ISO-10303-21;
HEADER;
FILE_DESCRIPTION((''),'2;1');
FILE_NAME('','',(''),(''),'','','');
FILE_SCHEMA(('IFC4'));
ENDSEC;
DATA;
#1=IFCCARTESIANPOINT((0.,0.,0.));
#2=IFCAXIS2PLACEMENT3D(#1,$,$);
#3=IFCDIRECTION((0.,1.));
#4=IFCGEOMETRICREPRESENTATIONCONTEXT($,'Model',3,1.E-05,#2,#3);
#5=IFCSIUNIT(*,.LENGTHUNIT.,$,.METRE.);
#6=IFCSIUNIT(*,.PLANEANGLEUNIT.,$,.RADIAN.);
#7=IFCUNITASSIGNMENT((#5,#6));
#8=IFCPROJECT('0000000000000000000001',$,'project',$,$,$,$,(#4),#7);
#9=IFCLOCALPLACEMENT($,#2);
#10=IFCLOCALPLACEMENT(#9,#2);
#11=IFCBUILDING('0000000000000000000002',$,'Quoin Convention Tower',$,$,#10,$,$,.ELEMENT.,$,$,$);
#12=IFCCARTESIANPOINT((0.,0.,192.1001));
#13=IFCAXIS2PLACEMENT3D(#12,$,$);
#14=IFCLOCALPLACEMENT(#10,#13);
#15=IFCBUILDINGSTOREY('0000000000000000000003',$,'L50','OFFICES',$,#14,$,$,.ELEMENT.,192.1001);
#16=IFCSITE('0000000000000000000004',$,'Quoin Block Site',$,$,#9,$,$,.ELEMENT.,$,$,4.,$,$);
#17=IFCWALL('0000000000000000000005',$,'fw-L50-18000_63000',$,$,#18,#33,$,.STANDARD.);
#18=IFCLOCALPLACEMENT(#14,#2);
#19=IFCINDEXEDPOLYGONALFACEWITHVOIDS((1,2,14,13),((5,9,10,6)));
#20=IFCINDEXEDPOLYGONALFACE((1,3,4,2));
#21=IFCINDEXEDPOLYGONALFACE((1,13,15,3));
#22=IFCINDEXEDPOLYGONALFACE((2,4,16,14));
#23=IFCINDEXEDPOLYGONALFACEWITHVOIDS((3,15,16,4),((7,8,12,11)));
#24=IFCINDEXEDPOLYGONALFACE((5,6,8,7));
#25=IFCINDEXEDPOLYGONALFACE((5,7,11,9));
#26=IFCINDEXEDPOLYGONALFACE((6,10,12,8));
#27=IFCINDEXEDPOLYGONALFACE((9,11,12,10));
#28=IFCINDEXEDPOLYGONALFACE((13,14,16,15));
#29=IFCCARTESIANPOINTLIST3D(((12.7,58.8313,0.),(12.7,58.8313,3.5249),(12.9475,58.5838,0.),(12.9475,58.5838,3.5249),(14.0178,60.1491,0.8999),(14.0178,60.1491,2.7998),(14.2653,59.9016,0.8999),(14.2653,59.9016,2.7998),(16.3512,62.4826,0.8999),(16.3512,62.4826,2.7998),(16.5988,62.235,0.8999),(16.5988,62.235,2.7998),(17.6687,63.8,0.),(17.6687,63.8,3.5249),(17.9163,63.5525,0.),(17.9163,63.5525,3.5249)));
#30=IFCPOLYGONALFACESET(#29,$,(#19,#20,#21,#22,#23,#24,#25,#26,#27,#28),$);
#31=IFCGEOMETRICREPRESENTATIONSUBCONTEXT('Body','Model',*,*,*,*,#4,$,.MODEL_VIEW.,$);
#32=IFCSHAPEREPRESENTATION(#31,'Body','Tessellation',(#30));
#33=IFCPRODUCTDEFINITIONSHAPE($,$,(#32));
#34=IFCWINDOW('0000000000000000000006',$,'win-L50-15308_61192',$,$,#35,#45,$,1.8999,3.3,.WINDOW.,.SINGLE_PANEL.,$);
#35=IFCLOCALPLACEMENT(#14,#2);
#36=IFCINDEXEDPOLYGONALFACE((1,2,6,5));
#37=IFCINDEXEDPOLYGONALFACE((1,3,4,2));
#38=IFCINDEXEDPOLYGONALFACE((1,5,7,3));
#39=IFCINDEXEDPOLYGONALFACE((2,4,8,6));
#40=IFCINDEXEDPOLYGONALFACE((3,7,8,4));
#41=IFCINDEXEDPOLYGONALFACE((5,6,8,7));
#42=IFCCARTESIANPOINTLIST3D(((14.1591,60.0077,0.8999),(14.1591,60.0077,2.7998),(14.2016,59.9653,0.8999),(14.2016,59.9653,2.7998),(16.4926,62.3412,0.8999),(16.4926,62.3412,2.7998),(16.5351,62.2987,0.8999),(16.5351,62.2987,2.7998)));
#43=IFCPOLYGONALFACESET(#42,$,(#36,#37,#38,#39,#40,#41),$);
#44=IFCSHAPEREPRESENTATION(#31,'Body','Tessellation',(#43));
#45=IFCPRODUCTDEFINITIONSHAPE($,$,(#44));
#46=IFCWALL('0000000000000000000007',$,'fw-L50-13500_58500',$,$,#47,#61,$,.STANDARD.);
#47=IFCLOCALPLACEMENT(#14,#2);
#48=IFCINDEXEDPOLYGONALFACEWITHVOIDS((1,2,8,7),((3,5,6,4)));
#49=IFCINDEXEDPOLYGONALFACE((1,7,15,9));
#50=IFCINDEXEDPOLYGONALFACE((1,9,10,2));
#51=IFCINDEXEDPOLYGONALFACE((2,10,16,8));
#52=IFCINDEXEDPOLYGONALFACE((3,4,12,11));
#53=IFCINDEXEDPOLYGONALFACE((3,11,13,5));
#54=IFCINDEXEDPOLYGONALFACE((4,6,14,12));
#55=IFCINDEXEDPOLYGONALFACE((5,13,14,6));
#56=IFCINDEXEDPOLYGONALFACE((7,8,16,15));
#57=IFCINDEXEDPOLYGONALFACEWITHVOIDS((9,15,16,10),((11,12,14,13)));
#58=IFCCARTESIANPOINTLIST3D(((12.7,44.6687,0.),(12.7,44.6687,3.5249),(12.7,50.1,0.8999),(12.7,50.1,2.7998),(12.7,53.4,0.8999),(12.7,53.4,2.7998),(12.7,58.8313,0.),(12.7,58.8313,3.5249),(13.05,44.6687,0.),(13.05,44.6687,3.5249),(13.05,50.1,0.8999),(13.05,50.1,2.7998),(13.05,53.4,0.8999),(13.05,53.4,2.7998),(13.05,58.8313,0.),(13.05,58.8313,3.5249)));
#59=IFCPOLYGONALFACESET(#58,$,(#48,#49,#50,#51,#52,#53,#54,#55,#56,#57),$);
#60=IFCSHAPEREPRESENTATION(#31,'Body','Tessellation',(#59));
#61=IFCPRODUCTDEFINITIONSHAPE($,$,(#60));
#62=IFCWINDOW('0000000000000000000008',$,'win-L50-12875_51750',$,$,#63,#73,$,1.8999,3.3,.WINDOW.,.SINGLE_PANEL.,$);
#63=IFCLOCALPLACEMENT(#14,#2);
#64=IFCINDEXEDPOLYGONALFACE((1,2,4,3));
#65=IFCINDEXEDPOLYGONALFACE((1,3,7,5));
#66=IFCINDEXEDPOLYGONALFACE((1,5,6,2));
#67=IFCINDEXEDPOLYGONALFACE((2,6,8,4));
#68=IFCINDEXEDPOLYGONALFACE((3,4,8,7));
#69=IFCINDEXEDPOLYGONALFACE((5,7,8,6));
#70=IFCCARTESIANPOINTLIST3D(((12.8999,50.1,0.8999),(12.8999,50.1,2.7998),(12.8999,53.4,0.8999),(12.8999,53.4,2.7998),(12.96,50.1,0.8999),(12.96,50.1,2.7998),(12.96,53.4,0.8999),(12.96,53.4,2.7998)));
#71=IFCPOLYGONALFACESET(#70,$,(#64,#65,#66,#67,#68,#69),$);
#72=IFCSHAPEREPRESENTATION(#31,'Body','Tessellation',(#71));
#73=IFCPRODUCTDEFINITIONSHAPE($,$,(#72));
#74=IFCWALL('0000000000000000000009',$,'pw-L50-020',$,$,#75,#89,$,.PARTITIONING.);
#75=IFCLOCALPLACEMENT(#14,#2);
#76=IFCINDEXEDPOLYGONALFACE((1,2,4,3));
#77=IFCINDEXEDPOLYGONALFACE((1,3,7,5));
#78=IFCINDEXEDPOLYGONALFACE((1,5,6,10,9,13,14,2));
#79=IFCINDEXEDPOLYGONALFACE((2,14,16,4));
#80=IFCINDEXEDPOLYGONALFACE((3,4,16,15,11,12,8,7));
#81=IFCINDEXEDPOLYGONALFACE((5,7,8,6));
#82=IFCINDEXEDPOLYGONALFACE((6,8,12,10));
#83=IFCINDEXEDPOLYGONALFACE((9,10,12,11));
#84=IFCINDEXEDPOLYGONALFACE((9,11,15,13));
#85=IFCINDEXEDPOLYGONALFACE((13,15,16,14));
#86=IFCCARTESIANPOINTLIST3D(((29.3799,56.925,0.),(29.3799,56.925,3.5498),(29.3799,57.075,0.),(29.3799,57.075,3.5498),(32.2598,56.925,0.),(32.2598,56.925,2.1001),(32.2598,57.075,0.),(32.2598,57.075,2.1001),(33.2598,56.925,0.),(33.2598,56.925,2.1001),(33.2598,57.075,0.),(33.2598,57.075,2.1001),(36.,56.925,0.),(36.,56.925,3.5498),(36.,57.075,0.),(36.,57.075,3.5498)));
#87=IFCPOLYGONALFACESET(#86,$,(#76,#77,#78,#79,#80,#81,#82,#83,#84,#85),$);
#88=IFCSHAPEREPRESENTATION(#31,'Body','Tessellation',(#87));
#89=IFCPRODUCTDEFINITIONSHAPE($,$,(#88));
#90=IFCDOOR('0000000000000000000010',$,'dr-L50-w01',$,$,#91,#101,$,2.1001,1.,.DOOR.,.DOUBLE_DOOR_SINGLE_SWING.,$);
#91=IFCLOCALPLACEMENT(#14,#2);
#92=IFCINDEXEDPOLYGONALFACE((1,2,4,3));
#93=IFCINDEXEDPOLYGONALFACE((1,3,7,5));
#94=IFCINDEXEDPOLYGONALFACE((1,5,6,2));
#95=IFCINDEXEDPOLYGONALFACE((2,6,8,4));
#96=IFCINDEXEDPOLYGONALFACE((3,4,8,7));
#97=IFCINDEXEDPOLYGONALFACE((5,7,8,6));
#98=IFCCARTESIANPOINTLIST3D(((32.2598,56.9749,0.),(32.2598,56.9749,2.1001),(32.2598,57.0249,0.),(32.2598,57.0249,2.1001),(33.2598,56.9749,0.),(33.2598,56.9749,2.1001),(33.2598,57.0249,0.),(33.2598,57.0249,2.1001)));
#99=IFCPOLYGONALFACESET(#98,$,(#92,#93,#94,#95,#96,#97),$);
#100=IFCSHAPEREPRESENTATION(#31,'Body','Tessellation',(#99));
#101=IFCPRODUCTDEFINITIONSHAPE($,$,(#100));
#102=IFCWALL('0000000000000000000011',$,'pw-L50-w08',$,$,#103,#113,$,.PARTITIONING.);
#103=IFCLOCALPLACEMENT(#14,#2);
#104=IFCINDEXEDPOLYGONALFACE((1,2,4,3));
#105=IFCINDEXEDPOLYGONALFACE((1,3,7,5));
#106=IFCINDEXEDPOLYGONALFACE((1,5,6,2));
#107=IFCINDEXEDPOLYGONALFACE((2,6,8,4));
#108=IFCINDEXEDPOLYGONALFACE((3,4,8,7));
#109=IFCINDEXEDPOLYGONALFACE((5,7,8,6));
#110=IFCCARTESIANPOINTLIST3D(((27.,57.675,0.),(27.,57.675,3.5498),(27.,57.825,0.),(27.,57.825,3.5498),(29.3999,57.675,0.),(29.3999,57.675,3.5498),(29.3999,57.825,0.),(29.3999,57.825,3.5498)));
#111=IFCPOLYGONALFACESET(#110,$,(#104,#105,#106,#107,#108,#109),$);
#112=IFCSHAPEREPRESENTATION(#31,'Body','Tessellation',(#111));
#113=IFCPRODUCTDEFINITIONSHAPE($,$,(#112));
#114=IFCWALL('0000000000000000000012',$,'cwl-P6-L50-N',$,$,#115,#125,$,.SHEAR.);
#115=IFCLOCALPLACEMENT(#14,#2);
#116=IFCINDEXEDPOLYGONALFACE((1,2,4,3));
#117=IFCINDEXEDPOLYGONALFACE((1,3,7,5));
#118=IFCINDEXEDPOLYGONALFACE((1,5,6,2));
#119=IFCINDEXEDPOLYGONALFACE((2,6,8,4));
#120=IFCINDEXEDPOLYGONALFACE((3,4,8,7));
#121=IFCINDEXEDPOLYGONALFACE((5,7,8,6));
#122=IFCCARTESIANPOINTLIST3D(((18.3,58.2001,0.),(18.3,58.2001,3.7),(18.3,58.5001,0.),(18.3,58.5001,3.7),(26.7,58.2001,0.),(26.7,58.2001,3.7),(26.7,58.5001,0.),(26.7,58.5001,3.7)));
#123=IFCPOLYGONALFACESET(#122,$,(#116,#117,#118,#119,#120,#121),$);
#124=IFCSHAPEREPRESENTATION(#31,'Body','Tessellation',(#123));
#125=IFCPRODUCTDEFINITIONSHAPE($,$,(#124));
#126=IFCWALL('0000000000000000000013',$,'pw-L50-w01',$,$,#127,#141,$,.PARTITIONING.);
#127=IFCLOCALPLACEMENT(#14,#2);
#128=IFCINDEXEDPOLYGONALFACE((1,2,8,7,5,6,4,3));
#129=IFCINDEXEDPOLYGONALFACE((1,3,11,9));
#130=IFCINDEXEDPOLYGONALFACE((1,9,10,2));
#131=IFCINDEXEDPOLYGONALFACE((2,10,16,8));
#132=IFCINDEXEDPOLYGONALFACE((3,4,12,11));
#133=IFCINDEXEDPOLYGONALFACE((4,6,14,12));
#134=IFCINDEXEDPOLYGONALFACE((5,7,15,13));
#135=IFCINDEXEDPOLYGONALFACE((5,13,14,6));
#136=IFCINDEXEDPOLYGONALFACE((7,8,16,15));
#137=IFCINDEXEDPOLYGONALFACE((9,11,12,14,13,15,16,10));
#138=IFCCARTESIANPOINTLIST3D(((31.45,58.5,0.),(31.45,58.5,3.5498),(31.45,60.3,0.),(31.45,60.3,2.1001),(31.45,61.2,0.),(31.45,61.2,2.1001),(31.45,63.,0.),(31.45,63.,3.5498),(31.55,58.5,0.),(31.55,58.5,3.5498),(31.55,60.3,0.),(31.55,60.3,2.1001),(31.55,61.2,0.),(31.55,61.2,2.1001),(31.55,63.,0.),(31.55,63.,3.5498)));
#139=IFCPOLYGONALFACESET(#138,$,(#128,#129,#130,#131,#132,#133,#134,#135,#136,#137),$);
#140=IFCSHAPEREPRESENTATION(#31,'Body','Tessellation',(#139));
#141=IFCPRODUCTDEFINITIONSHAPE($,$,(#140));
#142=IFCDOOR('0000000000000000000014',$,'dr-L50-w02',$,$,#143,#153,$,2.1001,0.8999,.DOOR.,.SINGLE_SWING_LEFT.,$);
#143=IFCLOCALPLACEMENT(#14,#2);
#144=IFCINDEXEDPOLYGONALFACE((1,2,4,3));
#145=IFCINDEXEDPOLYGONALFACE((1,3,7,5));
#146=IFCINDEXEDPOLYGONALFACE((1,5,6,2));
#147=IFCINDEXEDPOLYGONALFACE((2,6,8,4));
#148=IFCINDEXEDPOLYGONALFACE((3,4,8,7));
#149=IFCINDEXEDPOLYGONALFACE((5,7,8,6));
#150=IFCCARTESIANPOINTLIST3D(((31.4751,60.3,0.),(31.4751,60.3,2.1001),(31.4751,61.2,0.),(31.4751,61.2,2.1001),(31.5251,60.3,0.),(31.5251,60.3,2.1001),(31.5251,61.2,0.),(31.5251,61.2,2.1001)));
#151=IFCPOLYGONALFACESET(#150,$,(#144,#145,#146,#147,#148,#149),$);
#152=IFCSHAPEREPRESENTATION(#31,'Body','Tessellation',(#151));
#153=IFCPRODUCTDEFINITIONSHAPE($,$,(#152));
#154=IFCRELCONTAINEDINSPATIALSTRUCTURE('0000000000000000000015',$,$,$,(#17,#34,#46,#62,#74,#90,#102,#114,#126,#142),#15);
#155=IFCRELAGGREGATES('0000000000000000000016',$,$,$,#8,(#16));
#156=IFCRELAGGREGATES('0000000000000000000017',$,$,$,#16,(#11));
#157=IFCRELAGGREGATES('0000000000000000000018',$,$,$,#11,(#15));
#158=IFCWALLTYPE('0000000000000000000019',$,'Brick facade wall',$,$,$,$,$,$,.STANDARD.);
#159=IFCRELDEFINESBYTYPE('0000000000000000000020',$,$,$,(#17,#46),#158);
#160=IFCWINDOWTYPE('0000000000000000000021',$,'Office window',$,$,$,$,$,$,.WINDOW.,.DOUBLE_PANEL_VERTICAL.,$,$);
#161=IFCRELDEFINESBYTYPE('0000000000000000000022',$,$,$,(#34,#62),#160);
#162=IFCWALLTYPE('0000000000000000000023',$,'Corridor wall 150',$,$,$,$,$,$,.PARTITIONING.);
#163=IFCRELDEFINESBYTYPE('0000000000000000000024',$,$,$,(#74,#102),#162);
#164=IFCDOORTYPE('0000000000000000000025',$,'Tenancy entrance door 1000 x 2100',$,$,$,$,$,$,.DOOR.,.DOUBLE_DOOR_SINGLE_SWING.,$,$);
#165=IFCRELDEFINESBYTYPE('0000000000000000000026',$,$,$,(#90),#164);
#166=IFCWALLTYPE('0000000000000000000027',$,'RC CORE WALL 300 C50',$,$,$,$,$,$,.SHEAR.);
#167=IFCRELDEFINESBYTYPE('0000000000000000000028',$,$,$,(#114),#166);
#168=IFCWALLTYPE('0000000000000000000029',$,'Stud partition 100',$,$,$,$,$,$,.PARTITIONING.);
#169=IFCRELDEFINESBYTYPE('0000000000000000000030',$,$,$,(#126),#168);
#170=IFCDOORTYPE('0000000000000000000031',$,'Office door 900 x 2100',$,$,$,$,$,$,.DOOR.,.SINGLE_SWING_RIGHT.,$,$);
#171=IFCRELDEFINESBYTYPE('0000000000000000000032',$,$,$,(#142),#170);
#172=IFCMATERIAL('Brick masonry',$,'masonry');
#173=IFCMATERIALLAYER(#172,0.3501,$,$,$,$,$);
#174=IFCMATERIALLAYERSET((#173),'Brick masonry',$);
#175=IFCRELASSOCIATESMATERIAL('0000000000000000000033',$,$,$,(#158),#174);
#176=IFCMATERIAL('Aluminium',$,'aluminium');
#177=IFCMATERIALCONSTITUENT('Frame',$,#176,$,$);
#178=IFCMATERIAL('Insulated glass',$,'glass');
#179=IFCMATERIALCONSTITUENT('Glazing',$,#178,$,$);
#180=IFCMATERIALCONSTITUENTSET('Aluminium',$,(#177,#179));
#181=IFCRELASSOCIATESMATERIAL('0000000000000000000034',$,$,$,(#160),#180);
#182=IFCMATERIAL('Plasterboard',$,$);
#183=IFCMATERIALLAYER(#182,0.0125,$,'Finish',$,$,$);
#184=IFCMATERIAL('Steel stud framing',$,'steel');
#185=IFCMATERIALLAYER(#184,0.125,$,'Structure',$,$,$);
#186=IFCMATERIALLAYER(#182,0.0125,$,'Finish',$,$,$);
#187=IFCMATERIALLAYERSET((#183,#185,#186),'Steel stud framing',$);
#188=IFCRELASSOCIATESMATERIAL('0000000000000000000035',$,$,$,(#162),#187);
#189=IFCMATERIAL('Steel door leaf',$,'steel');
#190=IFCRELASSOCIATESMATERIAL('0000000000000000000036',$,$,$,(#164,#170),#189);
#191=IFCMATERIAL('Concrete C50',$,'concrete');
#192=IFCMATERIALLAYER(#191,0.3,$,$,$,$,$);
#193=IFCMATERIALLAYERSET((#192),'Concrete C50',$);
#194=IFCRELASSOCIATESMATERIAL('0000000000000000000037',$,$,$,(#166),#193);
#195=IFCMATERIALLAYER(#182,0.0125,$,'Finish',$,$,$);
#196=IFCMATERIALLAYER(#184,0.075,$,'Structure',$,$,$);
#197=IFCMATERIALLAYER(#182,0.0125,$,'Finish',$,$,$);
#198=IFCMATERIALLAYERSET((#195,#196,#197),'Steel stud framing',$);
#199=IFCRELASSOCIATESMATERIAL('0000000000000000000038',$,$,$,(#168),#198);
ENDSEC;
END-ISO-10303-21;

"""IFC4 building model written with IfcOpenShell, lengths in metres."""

from ifc_helpers import new_model, si_unit, direction, frame, frame_2d, origin, place, context, subcontext, project, spatial, rectangle, extrude, material, layer, layer_set, constituent, constituent_set, type_object, element, fill, save


model = new_model("IFC4")

# Units and contexts
model_context = context("Model", 3, precision=1e-05, world=origin(), true_north=direction((0.0, 1.0)))
body_context = subcontext(model_context, "Body", "Model", "MODEL_VIEW")
ifc_project = project(units=[si_unit("LENGTHUNIT", "METRE"), si_unit("PLANEANGLEUNIT", "RADIAN")], contexts=[model_context])

# Site, building, storey
site_placement = place(None, origin())
site = spatial("IfcSite", under=ifc_project, at=site_placement, Name="Quoin Block Site", CompositionType="ELEMENT", RefElevation=4.0)
building_placement = place(site_placement, origin())
building = spatial("IfcBuilding", under=site, at=building_placement, Name="Quoin Convention Tower", CompositionType="ELEMENT")
storey_placement = place(building_placement, frame((0.0, 0.0, 192.1001)))
storey = spatial("IfcBuildingStorey", under=building, at=storey_placement, Name="L50", Description="OFFICES", CompositionType="ELEMENT", Elevation=192.1001)

# Shared definitions
ifc_material_1 = material(Name="Concrete C50", Category="concrete")

# Walls, openings, windows
ifc_material_2 = material(Name="Brick masonry", Category="masonry")
ifc_layer_1 = layer(ifc_material_2, 0.3501)
ifc_layer_set_1 = layer_set([ifc_layer_1], Name="Brick masonry")
wall_type_1 = type_object("IfcWallType", Name="Brick facade wall", PredefinedType="STANDARD", material=ifc_layer_set_1)
ifc_material_3 = material(Name="Aluminium", Category="aluminium")
ifc_constituent_1 = constituent(ifc_material_3, Name="Frame")
ifc_material_4 = material(Name="Insulated glass", Category="glass")
ifc_constituent_2 = constituent(ifc_material_4, Name="Glazing")
ifc_constituent_set = constituent_set(constituents=[ifc_constituent_1, ifc_constituent_2], Name="Aluminium")
window_type = type_object("IfcWindowType", Name="Office window", PartitioningType="DOUBLE_PANEL_VERTICAL", PredefinedType="WINDOW", material=ifc_constituent_set)
wall_1_placement = place(storey_placement, frame((17.7925, 63.6763, 0.0), z_axis=(0.0, 0.0, 1.0), x_axis=(-0.707107, -0.707107, 0.0)))
wall_1 = element("IfcWall", 1, at=wall_1_placement, inside=storey, type_object=wall_type_1, Name="fw-L50-18000_63000", PredefinedType="STANDARD", context=body_context, shape_type="SweptSolid", body=[
    extrude(rectangle(XDim=7.0269, YDim=0.3501, at=frame_2d((3.5134, 0.0))), origin(), (0.0, 0.0, 1.0), 3.5249),
])
opening_1_placement = place(wall_1_placement, frame((1.8633, 0.0, 0.8999)))
opening_1 = element("IfcOpeningElement", 2, at=opening_1_placement, cuts=wall_1, PredefinedType="OPENING", context=body_context, shape_type="SweptSolid", body=[
    extrude(rectangle(XDim=3.3, YDim=1.8999, at=frame_2d((1.6499, 0.95))), frame((0.0, 0.1851, 0.0), z_axis=(0.0, -1.0, 0.0), x_axis=(1.0, 0.0, 0.0)), (0.0, 0.0, 1.0), 0.3701),
])
window_1_placement = place(opening_1_placement, origin())
window_1 = element("IfcWindow", 3, at=window_1_placement, inside=storey, type_object=window_type, Name="win-L50-15308_61192", OverallHeight=1.8999, OverallWidth=3.3, PartitioningType="SINGLE_PANEL", PredefinedType="WINDOW", context=body_context, shape_type="SweptSolid", body=[
    extrude(rectangle(XDim=3.3, YDim=1.8999, at=frame_2d((1.6499, 0.95))), frame((0.0, 0.085, 0.0), z_axis=(0.0, -1.0, 0.0), x_axis=(1.0, 0.0, 0.0)), (0.0, 0.0, 1.0), 0.0601),
])
fill(opening_1, window_1)
wall_2_placement = place(storey_placement, frame((12.875, 58.8313, 0.0), z_axis=(0.0, 0.0, 1.0), x_axis=(0.0, -1.0, 0.0)))
wall_2 = element("IfcWall", 4, at=wall_2_placement, inside=storey, type_object=wall_type_1, Name="fw-L50-13500_58500", PredefinedType="STANDARD", context=body_context, shape_type="SweptSolid", body=[
    extrude(rectangle(XDim=14.1626, YDim=0.3501, at=frame_2d((7.0813, 0.0))), origin(), (0.0, 0.0, 1.0), 3.5249),
])
opening_2_placement = place(wall_2_placement, frame((5.4314, 0.0, 0.8999)))
opening_2 = element("IfcOpeningElement", 5, at=opening_2_placement, cuts=wall_2, PredefinedType="OPENING", context=body_context, shape_type="SweptSolid", body=[
    extrude(rectangle(XDim=3.3, YDim=1.8999, at=frame_2d((1.6499, 0.95))), frame((0.0, 0.1851, 0.0), z_axis=(0.0, -1.0, 0.0), x_axis=(1.0, 0.0, 0.0)), (0.0, 0.0, 1.0), 0.3701),
])
window_2_placement = place(opening_2_placement, origin())
window_2 = element("IfcWindow", 6, at=window_2_placement, inside=storey, type_object=window_type, Name="win-L50-12875_51750", OverallHeight=1.8999, OverallWidth=3.3, PartitioningType="SINGLE_PANEL", PredefinedType="WINDOW", context=body_context, shape_type="SweptSolid", body=[
    extrude(rectangle(XDim=3.3, YDim=1.8999, at=frame_2d((1.6499, 0.95))), frame((0.0, 0.085, 0.0), z_axis=(0.0, -1.0, 0.0), x_axis=(1.0, 0.0, 0.0)), (0.0, 0.0, 1.0), 0.0601),
])
fill(opening_2, window_2)

# Wall, opening, door
ifc_material_5 = material(Name="Plasterboard")
ifc_layer_2 = layer(ifc_material_5, 0.0125, Name="Finish")
ifc_material_6 = material(Name="Steel stud framing", Category="steel")
ifc_layer_3 = layer(ifc_material_6, 0.125, Name="Structure")
ifc_layer_4 = layer(ifc_material_5, 0.0125, Name="Finish")
ifc_layer_set_2 = layer_set([ifc_layer_2, ifc_layer_3, ifc_layer_4], Name="Steel stud framing")
wall_type_2 = type_object("IfcWallType", Name="Corridor wall 150", PredefinedType="PARTITIONING", material=ifc_layer_set_2)
wall_3_placement = place(storey_placement, frame((29.3799, 57.0, 0.0), z_axis=(0.0, 0.0, 1.0), x_axis=(1.0, 0.0, 0.0)))
wall_3 = element("IfcWall", 7, at=wall_3_placement, inside=storey, type_object=wall_type_2, Name="pw-L50-020", PredefinedType="PARTITIONING", context=body_context, shape_type="SweptSolid", body=[
    extrude(rectangle(XDim=6.6201, YDim=0.1499, at=frame_2d((3.3101, 0.0))), origin(), (0.0, 0.0, 1.0), 3.5498),
])
opening_3_placement = place(wall_3_placement, frame((2.8799, 0.0, 0.0)))
opening_3 = element("IfcOpeningElement", 8, at=opening_3_placement, cuts=wall_3, PredefinedType="OPENING", context=body_context, shape_type="SweptSolid", body=[
    extrude(rectangle(XDim=1.0, YDim=2.1001, at=frame_2d((0.5, 1.05))), frame((0.0, 0.085, 0.0), z_axis=(0.0, -1.0, 0.0), x_axis=(1.0, 0.0, 0.0)), (0.0, 0.0, 1.0), 0.1699),
])
ifc_material_7 = material(Name="Steel door leaf", Category="steel")
door_type_1 = type_object("IfcDoorType", Name="Tenancy entrance door 1000 x 2100", OperationType="DOUBLE_DOOR_SINGLE_SWING", PredefinedType="DOOR", material=ifc_material_7)
door_1_placement = place(opening_3_placement, origin())
door_1 = element("IfcDoor", 9, at=door_1_placement, inside=storey, type_object=door_type_1, Name="dr-L50-w01", OperationType="DOUBLE_DOOR_SINGLE_SWING", OverallHeight=2.1001, OverallWidth=1.0, PredefinedType="DOOR", context=body_context, shape_type="SweptSolid", body=[
    extrude(rectangle(XDim=1.0, YDim=2.1001, at=frame_2d((0.5, 1.05))), frame((0.0, 0.0249, 0.0), z_axis=(0.0, -1.0, 0.0), x_axis=(1.0, 0.0, 0.0)), (0.0, 0.0, 1.0), 0.05),
])
fill(opening_3, door_1)

# Walls
wall_4_placement = place(storey_placement, frame((27.0, 57.75, 0.0), z_axis=(0.0, 0.0, 1.0), x_axis=(1.0, 0.0, 0.0)))
element("IfcWall", 10, at=wall_4_placement, inside=storey, type_object=wall_type_2, Name="pw-L50-w08", PredefinedType="PARTITIONING", context=body_context, shape_type="SweptSolid", body=[
    extrude(rectangle(XDim=2.3999, YDim=0.1499, at=frame_2d((1.2, 0.0))), origin(), (0.0, 0.0, 1.0), 3.5498),
])
ifc_layer_5 = layer(ifc_material_1, 0.3)
ifc_layer_set_3 = layer_set([ifc_layer_5], Name="Concrete C50")
wall_type_3 = type_object("IfcWallType", Name="RC CORE WALL 300 C50", PredefinedType="SHEAR", material=ifc_layer_set_3)
wall_5_placement = place(storey_placement, frame((18.3, 58.3501, 0.0), z_axis=(0.0, 0.0, 1.0), x_axis=(1.0, 0.0, 0.0)))
element("IfcWall", 11, at=wall_5_placement, inside=storey, type_object=wall_type_3, Name="cwl-P6-L50-N", PredefinedType="SHEAR", context=body_context, shape_type="SweptSolid", body=[
    extrude(rectangle(XDim=8.3999, YDim=0.3, at=frame_2d((4.2, 0.0))), origin(), (0.0, 0.0, 1.0), 3.7),
])

# Wall, opening, door
ifc_layer_6 = layer(ifc_material_5, 0.0125, Name="Finish")
ifc_layer_7 = layer(ifc_material_6, 0.075, Name="Structure")
ifc_layer_8 = layer(ifc_material_5, 0.0125, Name="Finish")
ifc_layer_set_4 = layer_set([ifc_layer_6, ifc_layer_7, ifc_layer_8], Name="Steel stud framing")
wall_type_4 = type_object("IfcWallType", Name="Stud partition 100", PredefinedType="PARTITIONING", material=ifc_layer_set_4)
wall_6_placement = place(storey_placement, frame((31.5, 63.0, 0.0), z_axis=(0.0, 0.0, 1.0), x_axis=(0.0, -1.0, 0.0)))
wall_6 = element("IfcWall", 12, at=wall_6_placement, inside=storey, type_object=wall_type_4, Name="pw-L50-w01", PredefinedType="PARTITIONING", context=body_context, shape_type="SweptSolid", body=[
    extrude(rectangle(XDim=4.5, YDim=0.1001, at=frame_2d((2.25, 0.0))), origin(), (0.0, 0.0, 1.0), 3.5498),
])
opening_4_placement = place(wall_6_placement, frame((1.8, 0.0, 0.0)))
opening_4 = element("IfcOpeningElement", 13, at=opening_4_placement, cuts=wall_6, PredefinedType="OPENING", context=body_context, shape_type="SweptSolid", body=[
    extrude(rectangle(XDim=0.8999, YDim=2.1001, at=frame_2d((0.45, 1.05))), frame((0.0, 0.0601, 0.0), z_axis=(0.0, -1.0, 0.0), x_axis=(1.0, 0.0, 0.0)), (0.0, 0.0, 1.0), 0.1201),
])
door_type_2 = type_object("IfcDoorType", Name="Office door 900 x 2100", OperationType="SINGLE_SWING_RIGHT", PredefinedType="DOOR", material=ifc_material_7)
door_2_placement = place(opening_4_placement, frame((0.8999, 0.0, 0.0), z_axis=(0.0, 0.0, 1.0), x_axis=(-1.0, 0.0, 0.0)))
door_2 = element("IfcDoor", 14, at=door_2_placement, inside=storey, type_object=door_type_2, Name="dr-L50-w02", OperationType="SINGLE_SWING_LEFT", OverallHeight=2.1001, OverallWidth=0.8999, PredefinedType="DOOR", context=body_context, shape_type="SweptSolid", body=[
    extrude(rectangle(XDim=0.8999, YDim=2.1001, at=frame_2d((0.45, 1.05))), frame((0.0, 0.0249, 0.0), z_axis=(0.0, -1.0, 0.0), x_axis=(1.0, 0.0, 0.0)), (0.0, 0.0, 1.0), 0.05),
])
fill(opening_4, door_2)

save(model, "model.ifc")
